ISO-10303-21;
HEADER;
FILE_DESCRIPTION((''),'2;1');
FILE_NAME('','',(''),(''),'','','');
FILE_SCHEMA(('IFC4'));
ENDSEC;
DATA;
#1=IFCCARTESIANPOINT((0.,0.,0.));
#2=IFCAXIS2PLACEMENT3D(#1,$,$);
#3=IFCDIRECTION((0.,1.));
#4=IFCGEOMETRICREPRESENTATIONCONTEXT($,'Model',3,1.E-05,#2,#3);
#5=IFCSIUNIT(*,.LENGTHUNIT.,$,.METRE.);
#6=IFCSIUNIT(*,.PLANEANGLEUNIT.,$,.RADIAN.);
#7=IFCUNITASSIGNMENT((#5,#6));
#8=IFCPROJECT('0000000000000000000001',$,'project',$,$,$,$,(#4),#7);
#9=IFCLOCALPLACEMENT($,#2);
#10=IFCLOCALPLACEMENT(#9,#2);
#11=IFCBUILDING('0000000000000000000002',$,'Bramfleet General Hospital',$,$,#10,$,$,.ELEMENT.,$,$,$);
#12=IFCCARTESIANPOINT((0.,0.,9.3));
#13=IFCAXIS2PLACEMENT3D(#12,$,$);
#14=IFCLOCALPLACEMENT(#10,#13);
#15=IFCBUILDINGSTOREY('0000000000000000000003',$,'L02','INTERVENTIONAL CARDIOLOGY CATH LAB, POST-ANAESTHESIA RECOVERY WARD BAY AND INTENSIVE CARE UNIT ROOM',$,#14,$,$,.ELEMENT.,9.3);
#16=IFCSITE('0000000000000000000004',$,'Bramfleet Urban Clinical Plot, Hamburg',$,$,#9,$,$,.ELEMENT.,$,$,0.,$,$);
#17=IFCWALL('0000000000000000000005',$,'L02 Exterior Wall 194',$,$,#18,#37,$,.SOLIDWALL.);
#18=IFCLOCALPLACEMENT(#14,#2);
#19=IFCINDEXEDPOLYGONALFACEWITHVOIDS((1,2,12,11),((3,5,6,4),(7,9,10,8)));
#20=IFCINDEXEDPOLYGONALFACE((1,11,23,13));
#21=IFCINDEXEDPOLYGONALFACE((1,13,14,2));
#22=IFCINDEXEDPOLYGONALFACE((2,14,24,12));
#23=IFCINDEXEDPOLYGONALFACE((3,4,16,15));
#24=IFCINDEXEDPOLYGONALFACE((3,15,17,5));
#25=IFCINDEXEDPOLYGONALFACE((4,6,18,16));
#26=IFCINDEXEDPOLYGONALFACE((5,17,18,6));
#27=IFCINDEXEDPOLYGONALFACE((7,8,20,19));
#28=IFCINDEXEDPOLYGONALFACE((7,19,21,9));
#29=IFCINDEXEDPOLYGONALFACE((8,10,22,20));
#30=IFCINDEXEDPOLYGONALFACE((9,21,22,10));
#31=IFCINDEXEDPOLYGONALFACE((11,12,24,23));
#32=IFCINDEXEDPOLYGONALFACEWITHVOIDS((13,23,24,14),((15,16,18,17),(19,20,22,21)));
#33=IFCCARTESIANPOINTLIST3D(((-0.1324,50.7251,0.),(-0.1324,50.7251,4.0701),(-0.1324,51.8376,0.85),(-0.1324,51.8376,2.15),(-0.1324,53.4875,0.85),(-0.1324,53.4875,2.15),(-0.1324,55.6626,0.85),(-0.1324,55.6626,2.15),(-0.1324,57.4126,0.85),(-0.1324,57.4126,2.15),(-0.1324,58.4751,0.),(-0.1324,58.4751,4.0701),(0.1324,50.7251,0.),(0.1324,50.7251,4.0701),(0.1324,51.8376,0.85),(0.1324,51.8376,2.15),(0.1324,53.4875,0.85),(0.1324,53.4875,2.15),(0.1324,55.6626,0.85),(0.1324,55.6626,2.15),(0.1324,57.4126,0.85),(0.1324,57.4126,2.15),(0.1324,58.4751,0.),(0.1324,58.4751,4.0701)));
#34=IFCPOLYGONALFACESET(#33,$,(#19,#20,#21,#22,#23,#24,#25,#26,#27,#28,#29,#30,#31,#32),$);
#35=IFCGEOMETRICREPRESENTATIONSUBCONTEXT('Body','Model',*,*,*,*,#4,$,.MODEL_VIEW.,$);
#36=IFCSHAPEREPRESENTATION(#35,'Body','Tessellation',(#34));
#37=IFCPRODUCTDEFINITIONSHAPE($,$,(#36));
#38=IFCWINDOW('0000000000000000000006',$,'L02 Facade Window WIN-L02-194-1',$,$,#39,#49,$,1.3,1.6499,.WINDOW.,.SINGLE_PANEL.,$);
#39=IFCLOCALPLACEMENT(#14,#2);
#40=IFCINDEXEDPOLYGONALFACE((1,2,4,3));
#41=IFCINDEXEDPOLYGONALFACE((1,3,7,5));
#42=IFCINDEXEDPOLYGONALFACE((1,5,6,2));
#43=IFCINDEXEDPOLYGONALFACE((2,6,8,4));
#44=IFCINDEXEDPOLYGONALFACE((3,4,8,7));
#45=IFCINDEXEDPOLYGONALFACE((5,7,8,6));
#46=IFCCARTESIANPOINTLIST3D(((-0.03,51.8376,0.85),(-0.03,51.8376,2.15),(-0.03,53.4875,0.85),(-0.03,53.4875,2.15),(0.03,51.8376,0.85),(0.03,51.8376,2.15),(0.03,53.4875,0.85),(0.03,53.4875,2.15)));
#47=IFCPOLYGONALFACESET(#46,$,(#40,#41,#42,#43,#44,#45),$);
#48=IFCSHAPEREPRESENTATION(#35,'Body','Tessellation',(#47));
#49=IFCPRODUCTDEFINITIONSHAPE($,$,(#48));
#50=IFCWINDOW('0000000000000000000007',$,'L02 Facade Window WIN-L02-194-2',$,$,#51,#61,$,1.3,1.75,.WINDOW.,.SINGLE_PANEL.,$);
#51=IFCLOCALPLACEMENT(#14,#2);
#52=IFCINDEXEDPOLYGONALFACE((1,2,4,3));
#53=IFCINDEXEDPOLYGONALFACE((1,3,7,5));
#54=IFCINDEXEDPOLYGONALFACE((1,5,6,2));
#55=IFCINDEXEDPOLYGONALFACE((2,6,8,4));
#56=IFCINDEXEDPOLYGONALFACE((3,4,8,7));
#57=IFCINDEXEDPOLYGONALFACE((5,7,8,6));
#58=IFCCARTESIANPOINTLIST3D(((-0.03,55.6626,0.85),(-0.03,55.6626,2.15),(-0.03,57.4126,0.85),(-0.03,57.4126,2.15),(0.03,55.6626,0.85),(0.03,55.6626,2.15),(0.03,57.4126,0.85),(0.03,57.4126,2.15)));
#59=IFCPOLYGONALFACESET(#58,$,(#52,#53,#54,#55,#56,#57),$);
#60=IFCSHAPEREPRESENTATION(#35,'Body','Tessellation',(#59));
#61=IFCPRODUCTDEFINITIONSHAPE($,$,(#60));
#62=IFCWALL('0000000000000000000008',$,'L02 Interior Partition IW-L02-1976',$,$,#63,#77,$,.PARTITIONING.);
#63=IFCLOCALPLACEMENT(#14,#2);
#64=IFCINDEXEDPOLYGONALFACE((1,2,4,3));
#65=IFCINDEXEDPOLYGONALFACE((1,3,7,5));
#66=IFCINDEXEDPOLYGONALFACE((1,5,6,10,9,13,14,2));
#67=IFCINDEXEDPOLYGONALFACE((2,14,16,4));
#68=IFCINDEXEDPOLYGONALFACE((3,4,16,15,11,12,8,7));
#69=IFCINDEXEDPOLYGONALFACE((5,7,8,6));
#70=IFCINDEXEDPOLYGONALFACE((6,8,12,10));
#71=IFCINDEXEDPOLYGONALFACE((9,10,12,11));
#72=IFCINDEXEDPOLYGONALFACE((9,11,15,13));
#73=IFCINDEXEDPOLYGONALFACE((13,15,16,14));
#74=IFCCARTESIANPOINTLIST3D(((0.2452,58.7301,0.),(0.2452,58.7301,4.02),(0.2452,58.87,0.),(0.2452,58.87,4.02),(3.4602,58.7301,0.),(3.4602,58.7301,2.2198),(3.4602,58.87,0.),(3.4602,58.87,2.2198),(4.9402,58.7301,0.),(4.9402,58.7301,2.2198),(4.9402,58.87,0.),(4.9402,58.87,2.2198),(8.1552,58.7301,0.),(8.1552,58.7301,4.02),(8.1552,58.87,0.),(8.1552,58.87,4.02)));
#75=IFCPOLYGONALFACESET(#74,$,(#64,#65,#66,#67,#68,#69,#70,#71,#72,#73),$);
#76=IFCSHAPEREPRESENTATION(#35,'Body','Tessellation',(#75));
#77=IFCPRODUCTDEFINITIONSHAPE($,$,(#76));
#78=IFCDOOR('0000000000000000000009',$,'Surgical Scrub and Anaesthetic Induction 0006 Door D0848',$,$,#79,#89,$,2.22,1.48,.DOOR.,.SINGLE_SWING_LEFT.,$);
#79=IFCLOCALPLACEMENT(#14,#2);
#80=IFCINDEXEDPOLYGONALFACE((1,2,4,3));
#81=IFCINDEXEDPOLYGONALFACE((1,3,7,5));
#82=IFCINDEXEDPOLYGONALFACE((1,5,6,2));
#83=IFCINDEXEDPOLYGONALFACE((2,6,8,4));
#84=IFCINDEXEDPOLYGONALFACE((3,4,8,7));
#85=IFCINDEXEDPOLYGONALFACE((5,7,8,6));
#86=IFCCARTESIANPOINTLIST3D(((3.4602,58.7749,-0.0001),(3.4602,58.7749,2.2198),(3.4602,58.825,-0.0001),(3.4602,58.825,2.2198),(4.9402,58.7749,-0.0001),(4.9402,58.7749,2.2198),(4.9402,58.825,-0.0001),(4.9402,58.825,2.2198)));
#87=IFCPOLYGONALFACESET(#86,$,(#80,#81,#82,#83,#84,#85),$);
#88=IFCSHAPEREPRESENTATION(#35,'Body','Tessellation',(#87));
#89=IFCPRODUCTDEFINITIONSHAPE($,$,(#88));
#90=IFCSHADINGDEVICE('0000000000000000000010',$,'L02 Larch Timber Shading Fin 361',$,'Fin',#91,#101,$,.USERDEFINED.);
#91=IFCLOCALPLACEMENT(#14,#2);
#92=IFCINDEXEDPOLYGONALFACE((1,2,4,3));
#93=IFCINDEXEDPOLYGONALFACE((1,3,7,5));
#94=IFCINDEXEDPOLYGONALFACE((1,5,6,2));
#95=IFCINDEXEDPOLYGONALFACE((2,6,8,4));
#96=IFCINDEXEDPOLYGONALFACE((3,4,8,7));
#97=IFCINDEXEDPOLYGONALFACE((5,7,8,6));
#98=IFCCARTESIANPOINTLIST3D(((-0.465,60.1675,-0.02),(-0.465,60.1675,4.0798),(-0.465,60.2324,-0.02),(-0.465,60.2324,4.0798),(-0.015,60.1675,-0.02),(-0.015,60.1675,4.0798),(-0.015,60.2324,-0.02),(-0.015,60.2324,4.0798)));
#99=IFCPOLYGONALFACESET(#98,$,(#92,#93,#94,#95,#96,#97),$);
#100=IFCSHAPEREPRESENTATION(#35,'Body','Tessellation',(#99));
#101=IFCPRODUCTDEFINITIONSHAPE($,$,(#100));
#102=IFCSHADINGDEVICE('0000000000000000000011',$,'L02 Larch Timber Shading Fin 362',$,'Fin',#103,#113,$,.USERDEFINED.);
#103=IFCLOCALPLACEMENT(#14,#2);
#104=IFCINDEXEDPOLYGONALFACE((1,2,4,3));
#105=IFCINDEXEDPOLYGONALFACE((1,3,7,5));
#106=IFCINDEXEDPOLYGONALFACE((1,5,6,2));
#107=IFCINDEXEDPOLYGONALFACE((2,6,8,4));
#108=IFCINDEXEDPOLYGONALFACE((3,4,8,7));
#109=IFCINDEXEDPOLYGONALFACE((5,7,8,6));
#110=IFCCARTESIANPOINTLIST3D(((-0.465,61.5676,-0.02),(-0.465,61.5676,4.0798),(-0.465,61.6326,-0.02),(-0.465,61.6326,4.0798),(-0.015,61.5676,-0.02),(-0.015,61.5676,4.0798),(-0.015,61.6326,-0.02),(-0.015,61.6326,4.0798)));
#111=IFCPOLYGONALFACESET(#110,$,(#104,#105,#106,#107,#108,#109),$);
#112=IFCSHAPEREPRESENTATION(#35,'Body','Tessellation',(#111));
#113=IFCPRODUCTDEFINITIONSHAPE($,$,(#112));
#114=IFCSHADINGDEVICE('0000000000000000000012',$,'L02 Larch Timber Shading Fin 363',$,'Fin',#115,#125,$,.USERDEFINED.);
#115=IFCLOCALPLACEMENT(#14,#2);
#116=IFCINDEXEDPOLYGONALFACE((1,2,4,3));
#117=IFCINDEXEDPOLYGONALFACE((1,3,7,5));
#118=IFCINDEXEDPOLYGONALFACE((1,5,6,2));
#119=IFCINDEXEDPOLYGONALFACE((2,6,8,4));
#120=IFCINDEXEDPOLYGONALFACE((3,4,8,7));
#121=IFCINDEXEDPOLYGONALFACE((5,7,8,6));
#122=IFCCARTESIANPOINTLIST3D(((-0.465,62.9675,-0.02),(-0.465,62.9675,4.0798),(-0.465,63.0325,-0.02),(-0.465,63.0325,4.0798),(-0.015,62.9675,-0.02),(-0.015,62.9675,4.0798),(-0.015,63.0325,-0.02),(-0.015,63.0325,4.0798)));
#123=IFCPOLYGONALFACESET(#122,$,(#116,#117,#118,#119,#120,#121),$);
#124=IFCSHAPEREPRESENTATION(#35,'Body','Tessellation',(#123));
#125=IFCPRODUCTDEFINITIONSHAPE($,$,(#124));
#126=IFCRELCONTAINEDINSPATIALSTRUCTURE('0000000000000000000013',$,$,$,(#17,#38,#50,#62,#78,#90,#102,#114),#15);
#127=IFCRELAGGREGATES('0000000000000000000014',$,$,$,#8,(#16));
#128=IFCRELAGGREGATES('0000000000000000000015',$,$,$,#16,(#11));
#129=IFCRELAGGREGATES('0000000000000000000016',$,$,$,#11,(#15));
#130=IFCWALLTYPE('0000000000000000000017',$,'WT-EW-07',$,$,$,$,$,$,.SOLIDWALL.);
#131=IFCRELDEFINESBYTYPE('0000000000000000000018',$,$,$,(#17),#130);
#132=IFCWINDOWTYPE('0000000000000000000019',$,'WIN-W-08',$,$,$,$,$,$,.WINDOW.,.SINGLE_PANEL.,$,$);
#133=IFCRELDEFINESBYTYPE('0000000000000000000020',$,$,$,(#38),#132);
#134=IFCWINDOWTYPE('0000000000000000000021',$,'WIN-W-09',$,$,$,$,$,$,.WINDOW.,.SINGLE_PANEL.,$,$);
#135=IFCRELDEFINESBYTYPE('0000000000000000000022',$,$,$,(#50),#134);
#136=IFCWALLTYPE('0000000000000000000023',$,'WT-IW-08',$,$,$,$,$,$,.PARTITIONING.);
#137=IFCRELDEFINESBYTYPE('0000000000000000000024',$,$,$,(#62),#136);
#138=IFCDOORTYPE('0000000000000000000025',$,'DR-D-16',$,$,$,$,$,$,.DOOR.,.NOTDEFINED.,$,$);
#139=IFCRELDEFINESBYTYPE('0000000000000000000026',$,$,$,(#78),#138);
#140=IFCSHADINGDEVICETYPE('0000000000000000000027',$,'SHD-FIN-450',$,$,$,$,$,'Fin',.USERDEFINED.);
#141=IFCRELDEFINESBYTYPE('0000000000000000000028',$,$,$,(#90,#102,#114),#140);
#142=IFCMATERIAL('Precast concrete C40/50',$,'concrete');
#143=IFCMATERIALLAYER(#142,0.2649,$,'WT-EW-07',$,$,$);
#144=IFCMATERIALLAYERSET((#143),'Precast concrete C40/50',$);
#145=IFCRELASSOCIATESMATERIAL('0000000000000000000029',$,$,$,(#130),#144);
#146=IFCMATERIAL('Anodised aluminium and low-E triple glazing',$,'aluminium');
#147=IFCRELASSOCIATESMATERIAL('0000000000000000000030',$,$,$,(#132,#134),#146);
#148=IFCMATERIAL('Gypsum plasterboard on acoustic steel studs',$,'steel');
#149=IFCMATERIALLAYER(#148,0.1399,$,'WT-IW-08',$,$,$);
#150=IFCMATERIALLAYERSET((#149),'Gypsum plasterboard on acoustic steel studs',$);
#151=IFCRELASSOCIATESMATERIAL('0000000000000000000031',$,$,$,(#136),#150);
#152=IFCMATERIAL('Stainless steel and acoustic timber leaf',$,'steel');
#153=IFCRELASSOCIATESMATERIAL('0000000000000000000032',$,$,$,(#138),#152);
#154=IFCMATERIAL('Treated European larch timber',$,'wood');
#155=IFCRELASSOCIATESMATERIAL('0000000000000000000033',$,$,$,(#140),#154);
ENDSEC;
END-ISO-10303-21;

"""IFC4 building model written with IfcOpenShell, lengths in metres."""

from ifc_helpers import new_model, si_unit, direction, frame, frame_2d, origin, origin_2d, place, context, subcontext, project, spatial, rectangle, extrude, material, layer, layer_set, material_profile, profile_set, type_object, element, fill, save


model = new_model("IFC4")

# Units and contexts
model_context = context("Model", 3, precision=1e-05, world=origin(), true_north=direction((0.0, 1.0)))
body_context = subcontext(model_context, "Body", "Model", "MODEL_VIEW")
ifc_project = project(units=[si_unit("LENGTHUNIT", "METRE"), si_unit("PLANEANGLEUNIT", "RADIAN")], contexts=[model_context])

# Site, building, storey
site_placement = place(None, origin())
site = spatial("IfcSite", under=ifc_project, at=site_placement, Name="Bramfleet Urban Clinical Plot, Hamburg", CompositionType="ELEMENT", RefElevation=0.0)
building_placement = place(site_placement, origin())
building = spatial("IfcBuilding", under=site, at=building_placement, Name="Bramfleet General Hospital", CompositionType="ELEMENT")
storey_placement = place(building_placement, frame((0.0, 0.0, 9.3)))
storey = spatial("IfcBuildingStorey", under=building, at=storey_placement, Name="L02", Description="INTERVENTIONAL CARDIOLOGY CATH LAB, POST-ANAESTHESIA RECOVERY WARD BAY AND INTENSIVE CARE UNIT ROOM", CompositionType="ELEMENT", Elevation=9.3)

# Shared definitions
ifc_material_1 = material(Name="Anodised aluminium and low-E triple glazing", Category="aluminium")

# Wall, openings, windows
ifc_material_2 = material(Name="Precast concrete C40/50", Category="concrete")
ifc_layer_1 = layer(ifc_material_2, 0.2649, Name="WT-EW-07")
ifc_layer_set_1 = layer_set([ifc_layer_1], Name="Precast concrete C40/50")
wall_type_1 = type_object("IfcWallType", Name="WT-EW-07", PredefinedType="SOLIDWALL", material=ifc_layer_set_1)
wall_1_placement = place(storey_placement, frame((0.0, 50.7251, 0.0), z_axis=(0.0, 0.0, 1.0), x_axis=(0.0, 1.0, 0.0)))
wall_1 = element("IfcWall", 1, at=wall_1_placement, inside=storey, type_object=wall_type_1, Name="L02 Exterior Wall 194", PredefinedType="SOLIDWALL", context=body_context, shape_type="SweptSolid", body=[
    extrude(rectangle(XDim=7.75, YDim=0.2649, at=frame_2d((3.875, 0.0))), origin(), (0.0, 0.0, 1.0), 4.0701),
])
opening_1_placement = place(wall_1_placement, frame((1.1125, 0.0, 0.8501)))
opening_1 = element("IfcOpeningElement", 2, at=opening_1_placement, cuts=wall_1, PredefinedType="OPENING", context=body_context, shape_type="SweptSolid", body=[
    extrude(rectangle(XDim=1.6499, YDim=1.3, at=frame_2d((0.825, 0.6499))), frame((0.0, 0.1423, 0.0), z_axis=(0.0, -1.0, 0.0), x_axis=(1.0, 0.0, 0.0)), (0.0, 0.0, 1.0), 0.2849),
])
opening_2_placement = place(wall_1_placement, frame((4.9375, 0.0, 0.8501)))
opening_2 = element("IfcOpeningElement", 3, at=opening_2_placement, cuts=wall_1, PredefinedType="OPENING", context=body_context, shape_type="SweptSolid", body=[
    extrude(rectangle(XDim=1.75, YDim=1.3, at=frame_2d((0.875, 0.6499))), frame((0.0, 0.1423, 0.0), z_axis=(0.0, -1.0, 0.0), x_axis=(1.0, 0.0, 0.0)), (0.0, 0.0, 1.0), 0.2849),
])
window_type_1 = type_object("IfcWindowType", Name="WIN-W-08", PartitioningType="SINGLE_PANEL", PredefinedType="WINDOW", material=ifc_material_1)
window_1_placement = place(opening_1_placement, origin())
window_1 = element("IfcWindow", 4, at=window_1_placement, inside=storey, type_object=window_type_1, Name="L02 Facade Window WIN-L02-194-1", OverallHeight=1.3, OverallWidth=1.6499, PartitioningType="SINGLE_PANEL", PredefinedType="WINDOW", context=body_context, shape_type="SweptSolid", body=[
    extrude(rectangle(XDim=1.6499, YDim=1.3, at=frame_2d((0.825, 0.6499))), frame((0.0, 0.03, 0.0), z_axis=(0.0, -1.0, 0.0), x_axis=(1.0, 0.0, 0.0)), (0.0, 0.0, 1.0), 0.0601),
])
fill(opening_1, window_1)
window_type_2 = type_object("IfcWindowType", Name="WIN-W-09", PartitioningType="SINGLE_PANEL", PredefinedType="WINDOW", material=ifc_material_1)
window_2_placement = place(opening_2_placement, origin())
window_2 = element("IfcWindow", 5, at=window_2_placement, inside=storey, type_object=window_type_2, Name="L02 Facade Window WIN-L02-194-2", OverallHeight=1.3, OverallWidth=1.75, PartitioningType="SINGLE_PANEL", PredefinedType="WINDOW", context=body_context, shape_type="SweptSolid", body=[
    extrude(rectangle(XDim=1.75, YDim=1.3, at=frame_2d((0.875, 0.6499))), frame((0.0, 0.03, 0.0), z_axis=(0.0, -1.0, 0.0), x_axis=(1.0, 0.0, 0.0)), (0.0, 0.0, 1.0), 0.0601),
])
fill(opening_2, window_2)

# Wall, opening, door
ifc_material_3 = material(Name="Gypsum plasterboard on acoustic steel studs", Category="steel")
ifc_layer_2 = layer(ifc_material_3, 0.1399, Name="WT-IW-08")
ifc_layer_set_2 = layer_set([ifc_layer_2], Name="Gypsum plasterboard on acoustic steel studs")
wall_type_2 = type_object("IfcWallType", Name="WT-IW-08", PredefinedType="PARTITIONING", material=ifc_layer_set_2)
wall_2_placement = place(storey_placement, frame((0.2451, 58.8, 0.0), z_axis=(0.0, 0.0, 1.0), x_axis=(1.0, 0.0, 0.0)))
wall_2 = element("IfcWall", 6, at=wall_2_placement, inside=storey, type_object=wall_type_2, Name="L02 Interior Partition IW-L02-1976", PredefinedType="PARTITIONING", context=body_context, shape_type="SweptSolid", body=[
    extrude(rectangle(XDim=7.9099, YDim=0.1399, at=frame_2d((3.9551, 0.0))), origin(), (0.0, 0.0, 1.0), 4.02),
])
opening_3_placement = place(wall_2_placement, frame((3.2151, 0.0, 0.0)))
opening_3 = element("IfcOpeningElement", 7, at=opening_3_placement, cuts=wall_2, PredefinedType="OPENING", context=body_context, shape_type="SweptSolid", body=[
    extrude(rectangle(XDim=1.48, YDim=2.22, at=frame_2d((0.74, 1.1099))), frame((0.0, 0.0798, 0.0), z_axis=(0.0, -1.0, 0.0), x_axis=(1.0, 0.0, 0.0)), (0.0, 0.0, 1.0), 0.1599),
])
ifc_material_4 = material(Name="Stainless steel and acoustic timber leaf", Category="steel")
door_type = type_object("IfcDoorType", Name="DR-D-16", OperationType="NOTDEFINED", PredefinedType="DOOR", material=ifc_material_4)
door_placement = place(opening_3_placement, origin())
door = element("IfcDoor", 8, at=door_placement, inside=storey, type_object=door_type, Name="Surgical Scrub and Anaesthetic Induction 0006 Door D0848", OperationType="SINGLE_SWING_LEFT", OverallHeight=2.22, OverallWidth=1.48, PredefinedType="DOOR", context=body_context, shape_type="SweptSolid", body=[
    extrude(rectangle(XDim=1.48, YDim=2.22, at=frame_2d((0.74, 1.1099))), frame((0.0, 0.0249, 0.0), z_axis=(0.0, -1.0, 0.0), x_axis=(1.0, 0.0, 0.0)), (0.0, 0.0, 1.0), 0.05),
])
fill(opening_3, door)

# Shading devices
ifc_material_5 = material(Name="Treated European larch timber", Category="wood")
ifc_material_profile_1 = material_profile(ifc_material_5, rectangle(XDim=0.0649, YDim=0.45, at=origin_2d()), Name="LARCH FIN 450x65")
ifc_profile_set_1 = profile_set([ifc_material_profile_1], Name="Treated European larch timber")
shading_device_type = type_object("IfcShadingDeviceType", Name="SHD-FIN-450", ElementType="Fin", PredefinedType="USERDEFINED", material=ifc_profile_set_1)
for number, where, z_axis, x_axis, name in (
    (9, (-0.24, 60.2, -0.02), (0.0, 0.0, 1.0), (0.0, 1.0, 0.0), "L02 Larch Timber Shading Fin 361"),
    (10, (-0.24, 61.6001, -0.02), (0.0, 0.0, 1.0), (0.0, 1.0, 0.0), "L02 Larch Timber Shading Fin 362"),
    (11, (-0.24, 63.0, -0.02), (0.0, 0.0, 1.0), (0.0, 1.0, 0.0), "L02 Larch Timber Shading Fin 363"),
):
    element("IfcShadingDevice", number, at=place(storey_placement, frame(where, z_axis=z_axis, x_axis=x_axis)), inside=storey, type_object=shading_device_type, Name=name, ObjectType="Fin", PredefinedType="USERDEFINED", context=body_context, shape_type="SweptSolid", body=[
        extrude(rectangle(XDim=0.0649, YDim=0.45, at=origin_2d()), origin(), (0.0, 0.0, 1.0), 4.0999),
    ])

save(model, "model.ifc")
